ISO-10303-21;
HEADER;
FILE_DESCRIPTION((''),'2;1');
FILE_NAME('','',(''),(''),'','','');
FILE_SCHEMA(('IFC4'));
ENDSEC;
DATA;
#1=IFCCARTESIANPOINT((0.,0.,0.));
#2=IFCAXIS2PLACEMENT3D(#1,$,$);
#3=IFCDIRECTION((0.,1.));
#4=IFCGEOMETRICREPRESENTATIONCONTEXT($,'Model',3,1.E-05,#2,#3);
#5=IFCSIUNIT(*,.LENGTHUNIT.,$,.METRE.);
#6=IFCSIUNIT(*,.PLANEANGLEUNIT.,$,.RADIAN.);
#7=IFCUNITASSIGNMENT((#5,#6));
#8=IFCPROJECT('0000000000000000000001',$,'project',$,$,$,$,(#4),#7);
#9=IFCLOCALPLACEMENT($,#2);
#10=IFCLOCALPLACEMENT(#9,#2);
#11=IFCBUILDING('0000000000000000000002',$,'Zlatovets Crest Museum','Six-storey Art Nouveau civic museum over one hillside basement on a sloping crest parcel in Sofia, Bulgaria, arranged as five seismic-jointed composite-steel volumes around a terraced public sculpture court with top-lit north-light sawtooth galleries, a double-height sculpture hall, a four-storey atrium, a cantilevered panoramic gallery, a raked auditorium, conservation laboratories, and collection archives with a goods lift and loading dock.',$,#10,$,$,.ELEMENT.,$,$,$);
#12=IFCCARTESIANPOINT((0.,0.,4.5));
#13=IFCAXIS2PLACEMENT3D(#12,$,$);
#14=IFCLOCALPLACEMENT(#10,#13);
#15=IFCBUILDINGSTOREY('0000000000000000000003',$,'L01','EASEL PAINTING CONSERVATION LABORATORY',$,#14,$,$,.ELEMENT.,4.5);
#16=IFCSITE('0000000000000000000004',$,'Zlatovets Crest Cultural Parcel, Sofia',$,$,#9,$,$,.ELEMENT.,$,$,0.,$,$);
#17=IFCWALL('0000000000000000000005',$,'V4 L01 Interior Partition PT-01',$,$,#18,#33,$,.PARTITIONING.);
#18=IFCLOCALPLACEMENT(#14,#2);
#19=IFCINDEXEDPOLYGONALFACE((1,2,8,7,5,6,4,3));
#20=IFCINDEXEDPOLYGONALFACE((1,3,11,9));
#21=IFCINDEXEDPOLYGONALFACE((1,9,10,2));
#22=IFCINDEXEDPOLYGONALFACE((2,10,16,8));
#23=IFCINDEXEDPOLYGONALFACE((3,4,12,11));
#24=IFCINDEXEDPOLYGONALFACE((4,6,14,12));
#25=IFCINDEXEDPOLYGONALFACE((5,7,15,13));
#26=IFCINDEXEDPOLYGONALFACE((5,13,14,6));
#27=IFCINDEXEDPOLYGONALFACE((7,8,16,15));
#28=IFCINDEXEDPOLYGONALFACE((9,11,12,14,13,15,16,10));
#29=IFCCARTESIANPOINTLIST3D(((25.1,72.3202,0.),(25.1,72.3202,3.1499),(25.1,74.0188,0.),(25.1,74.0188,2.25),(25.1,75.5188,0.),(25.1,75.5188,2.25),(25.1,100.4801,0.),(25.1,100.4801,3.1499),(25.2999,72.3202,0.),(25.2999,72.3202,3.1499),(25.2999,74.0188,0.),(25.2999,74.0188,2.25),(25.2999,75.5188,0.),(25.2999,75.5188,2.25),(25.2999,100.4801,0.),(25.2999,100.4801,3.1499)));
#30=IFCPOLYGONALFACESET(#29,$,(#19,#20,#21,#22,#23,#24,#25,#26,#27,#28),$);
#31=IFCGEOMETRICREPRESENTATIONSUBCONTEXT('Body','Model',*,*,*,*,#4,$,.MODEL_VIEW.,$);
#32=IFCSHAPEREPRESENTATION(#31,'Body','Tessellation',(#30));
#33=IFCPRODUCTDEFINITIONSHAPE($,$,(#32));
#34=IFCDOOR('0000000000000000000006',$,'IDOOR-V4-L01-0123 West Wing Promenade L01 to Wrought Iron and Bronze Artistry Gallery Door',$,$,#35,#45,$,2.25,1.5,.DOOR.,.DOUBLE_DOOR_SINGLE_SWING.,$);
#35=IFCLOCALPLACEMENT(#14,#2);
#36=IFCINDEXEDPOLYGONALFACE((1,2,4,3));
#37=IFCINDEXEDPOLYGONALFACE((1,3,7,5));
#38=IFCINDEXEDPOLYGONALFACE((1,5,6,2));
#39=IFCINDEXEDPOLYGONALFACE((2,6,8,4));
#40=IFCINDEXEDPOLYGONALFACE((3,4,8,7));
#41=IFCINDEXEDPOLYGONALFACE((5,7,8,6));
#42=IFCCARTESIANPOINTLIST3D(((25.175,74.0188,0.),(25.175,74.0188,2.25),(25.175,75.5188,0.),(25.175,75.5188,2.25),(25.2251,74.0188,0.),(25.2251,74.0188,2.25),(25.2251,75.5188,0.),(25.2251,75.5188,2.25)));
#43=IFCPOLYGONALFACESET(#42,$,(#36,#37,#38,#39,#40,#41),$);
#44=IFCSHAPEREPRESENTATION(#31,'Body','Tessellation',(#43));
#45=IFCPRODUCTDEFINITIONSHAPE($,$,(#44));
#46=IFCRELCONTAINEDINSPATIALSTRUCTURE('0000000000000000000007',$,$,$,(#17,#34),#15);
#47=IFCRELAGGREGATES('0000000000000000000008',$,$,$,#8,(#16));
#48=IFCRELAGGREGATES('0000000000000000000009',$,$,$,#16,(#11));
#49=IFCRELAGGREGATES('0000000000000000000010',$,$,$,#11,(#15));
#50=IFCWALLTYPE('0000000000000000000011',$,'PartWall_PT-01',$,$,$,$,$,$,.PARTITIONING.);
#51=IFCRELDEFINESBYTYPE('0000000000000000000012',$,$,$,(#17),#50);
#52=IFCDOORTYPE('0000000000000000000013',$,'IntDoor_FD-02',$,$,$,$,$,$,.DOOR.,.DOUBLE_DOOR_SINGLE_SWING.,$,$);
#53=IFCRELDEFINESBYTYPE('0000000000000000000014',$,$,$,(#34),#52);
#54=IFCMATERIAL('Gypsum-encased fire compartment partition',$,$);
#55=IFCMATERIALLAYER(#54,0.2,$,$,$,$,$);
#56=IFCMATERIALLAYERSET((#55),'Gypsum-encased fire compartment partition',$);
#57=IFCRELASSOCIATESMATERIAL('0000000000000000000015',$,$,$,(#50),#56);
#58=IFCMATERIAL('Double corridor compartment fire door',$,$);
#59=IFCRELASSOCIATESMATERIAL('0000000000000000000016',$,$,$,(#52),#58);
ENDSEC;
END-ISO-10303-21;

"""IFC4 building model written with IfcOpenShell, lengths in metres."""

from ifc_helpers import new_model, si_unit, direction, frame, frame_2d, origin, place, context, subcontext, project, spatial, rectangle, extrude, material, layer, layer_set, type_object, element, fill, save


model = new_model("IFC4")

# Units and contexts
model_context = context("Model", 3, precision=1e-05, world=origin(), true_north=direction((0.0, 1.0)))
body_context = subcontext(model_context, "Body", "Model", "MODEL_VIEW")
ifc_project = project(units=[si_unit("LENGTHUNIT", "METRE"), si_unit("PLANEANGLEUNIT", "RADIAN")], contexts=[model_context])

# Site, building, storey
site_placement = place(None, origin())
site = spatial("IfcSite", under=ifc_project, at=site_placement, Name="Zlatovets Crest Cultural Parcel, Sofia", CompositionType="ELEMENT", RefElevation=0.0)
building_placement = place(site_placement, origin())
building = spatial("IfcBuilding", under=site, at=building_placement, Name="Zlatovets Crest Museum", Description="Six-storey Art Nouveau civic museum over one hillside basement on a sloping crest parcel in Sofia, Bulgaria, arranged as five seismic-jointed composite-steel volumes around a terraced public sculpture court with top-lit north-light sawtooth galleries, a double-height sculpture hall, a four-storey atrium, a cantilevered panoramic gallery, a raked auditorium, conservation laboratories, and collection archives with a goods lift and loading dock.", CompositionType="ELEMENT")
storey_placement = place(building_placement, frame((0.0, 0.0, 4.5)))
storey = spatial("IfcBuildingStorey", under=building, at=storey_placement, Name="L01", Description="EASEL PAINTING CONSERVATION LABORATORY", CompositionType="ELEMENT", Elevation=4.5)

# Wall, opening, door
ifc_material_1 = material(Name="Gypsum-encased fire compartment partition")
ifc_layer_1 = layer(ifc_material_1, 0.2)
ifc_layer_set_1 = layer_set([ifc_layer_1], Name="Gypsum-encased fire compartment partition")
wall_type_1 = type_object("IfcWallType", Name="PartWall_PT-01", PredefinedType="PARTITIONING", material=ifc_layer_set_1)
wall_1_placement = place(storey_placement, frame((25.2, 72.3201, 0.0), z_axis=(0.0, 0.0, 1.0), x_axis=(0.0, 1.0, 0.0)))
wall_1 = element("IfcWall", 1, at=wall_1_placement, inside=storey, type_object=wall_type_1, Name="V4 L01 Interior Partition PT-01", PredefinedType="PARTITIONING", context=body_context, shape_type="SweptSolid", body=[
    extrude(rectangle(XDim=28.1599, YDim=0.2, at=frame_2d((14.0801, 0.0))), origin(), (0.0, 0.0, 1.0), 3.1499),
])
opening_placement = place(wall_1_placement, frame((1.6987, 0.0, 0.0)))
opening = element("IfcOpeningElement", 2, at=opening_placement, cuts=wall_1, PredefinedType="OPENING", context=body_context, shape_type="SweptSolid", body=[
    extrude(rectangle(XDim=1.5, YDim=2.25, at=frame_2d((0.75, 1.125))), frame((0.0, 0.1099, 0.0), z_axis=(0.0, -1.0, 0.0), x_axis=(1.0, 0.0, 0.0)), (0.0, 0.0, 1.0), 0.22),
])
ifc_material_2 = material(Name="Double corridor compartment fire door")
door_type = type_object("IfcDoorType", Name="IntDoor_FD-02", OperationType="DOUBLE_DOOR_SINGLE_SWING", PredefinedType="DOOR", material=ifc_material_2)
door_placement = place(opening_placement, origin())
door = element("IfcDoor", 3, at=door_placement, inside=storey, type_object=door_type, Name="IDOOR-V4-L01-0123 West Wing Promenade L01 to Wrought Iron and Bronze Artistry Gallery Door", OperationType="DOUBLE_DOOR_SINGLE_SWING", OverallHeight=2.25, OverallWidth=1.5, PredefinedType="DOOR", context=body_context, shape_type="SweptSolid", body=[
    extrude(rectangle(XDim=1.5, YDim=2.25, at=frame_2d((0.75, 1.125))), frame((0.0, 0.0249, 0.0), z_axis=(0.0, -1.0, 0.0), x_axis=(1.0, 0.0, 0.0)), (0.0, 0.0, 1.0), 0.05),
])
fill(opening, door)

save(model, "model.ifc")
